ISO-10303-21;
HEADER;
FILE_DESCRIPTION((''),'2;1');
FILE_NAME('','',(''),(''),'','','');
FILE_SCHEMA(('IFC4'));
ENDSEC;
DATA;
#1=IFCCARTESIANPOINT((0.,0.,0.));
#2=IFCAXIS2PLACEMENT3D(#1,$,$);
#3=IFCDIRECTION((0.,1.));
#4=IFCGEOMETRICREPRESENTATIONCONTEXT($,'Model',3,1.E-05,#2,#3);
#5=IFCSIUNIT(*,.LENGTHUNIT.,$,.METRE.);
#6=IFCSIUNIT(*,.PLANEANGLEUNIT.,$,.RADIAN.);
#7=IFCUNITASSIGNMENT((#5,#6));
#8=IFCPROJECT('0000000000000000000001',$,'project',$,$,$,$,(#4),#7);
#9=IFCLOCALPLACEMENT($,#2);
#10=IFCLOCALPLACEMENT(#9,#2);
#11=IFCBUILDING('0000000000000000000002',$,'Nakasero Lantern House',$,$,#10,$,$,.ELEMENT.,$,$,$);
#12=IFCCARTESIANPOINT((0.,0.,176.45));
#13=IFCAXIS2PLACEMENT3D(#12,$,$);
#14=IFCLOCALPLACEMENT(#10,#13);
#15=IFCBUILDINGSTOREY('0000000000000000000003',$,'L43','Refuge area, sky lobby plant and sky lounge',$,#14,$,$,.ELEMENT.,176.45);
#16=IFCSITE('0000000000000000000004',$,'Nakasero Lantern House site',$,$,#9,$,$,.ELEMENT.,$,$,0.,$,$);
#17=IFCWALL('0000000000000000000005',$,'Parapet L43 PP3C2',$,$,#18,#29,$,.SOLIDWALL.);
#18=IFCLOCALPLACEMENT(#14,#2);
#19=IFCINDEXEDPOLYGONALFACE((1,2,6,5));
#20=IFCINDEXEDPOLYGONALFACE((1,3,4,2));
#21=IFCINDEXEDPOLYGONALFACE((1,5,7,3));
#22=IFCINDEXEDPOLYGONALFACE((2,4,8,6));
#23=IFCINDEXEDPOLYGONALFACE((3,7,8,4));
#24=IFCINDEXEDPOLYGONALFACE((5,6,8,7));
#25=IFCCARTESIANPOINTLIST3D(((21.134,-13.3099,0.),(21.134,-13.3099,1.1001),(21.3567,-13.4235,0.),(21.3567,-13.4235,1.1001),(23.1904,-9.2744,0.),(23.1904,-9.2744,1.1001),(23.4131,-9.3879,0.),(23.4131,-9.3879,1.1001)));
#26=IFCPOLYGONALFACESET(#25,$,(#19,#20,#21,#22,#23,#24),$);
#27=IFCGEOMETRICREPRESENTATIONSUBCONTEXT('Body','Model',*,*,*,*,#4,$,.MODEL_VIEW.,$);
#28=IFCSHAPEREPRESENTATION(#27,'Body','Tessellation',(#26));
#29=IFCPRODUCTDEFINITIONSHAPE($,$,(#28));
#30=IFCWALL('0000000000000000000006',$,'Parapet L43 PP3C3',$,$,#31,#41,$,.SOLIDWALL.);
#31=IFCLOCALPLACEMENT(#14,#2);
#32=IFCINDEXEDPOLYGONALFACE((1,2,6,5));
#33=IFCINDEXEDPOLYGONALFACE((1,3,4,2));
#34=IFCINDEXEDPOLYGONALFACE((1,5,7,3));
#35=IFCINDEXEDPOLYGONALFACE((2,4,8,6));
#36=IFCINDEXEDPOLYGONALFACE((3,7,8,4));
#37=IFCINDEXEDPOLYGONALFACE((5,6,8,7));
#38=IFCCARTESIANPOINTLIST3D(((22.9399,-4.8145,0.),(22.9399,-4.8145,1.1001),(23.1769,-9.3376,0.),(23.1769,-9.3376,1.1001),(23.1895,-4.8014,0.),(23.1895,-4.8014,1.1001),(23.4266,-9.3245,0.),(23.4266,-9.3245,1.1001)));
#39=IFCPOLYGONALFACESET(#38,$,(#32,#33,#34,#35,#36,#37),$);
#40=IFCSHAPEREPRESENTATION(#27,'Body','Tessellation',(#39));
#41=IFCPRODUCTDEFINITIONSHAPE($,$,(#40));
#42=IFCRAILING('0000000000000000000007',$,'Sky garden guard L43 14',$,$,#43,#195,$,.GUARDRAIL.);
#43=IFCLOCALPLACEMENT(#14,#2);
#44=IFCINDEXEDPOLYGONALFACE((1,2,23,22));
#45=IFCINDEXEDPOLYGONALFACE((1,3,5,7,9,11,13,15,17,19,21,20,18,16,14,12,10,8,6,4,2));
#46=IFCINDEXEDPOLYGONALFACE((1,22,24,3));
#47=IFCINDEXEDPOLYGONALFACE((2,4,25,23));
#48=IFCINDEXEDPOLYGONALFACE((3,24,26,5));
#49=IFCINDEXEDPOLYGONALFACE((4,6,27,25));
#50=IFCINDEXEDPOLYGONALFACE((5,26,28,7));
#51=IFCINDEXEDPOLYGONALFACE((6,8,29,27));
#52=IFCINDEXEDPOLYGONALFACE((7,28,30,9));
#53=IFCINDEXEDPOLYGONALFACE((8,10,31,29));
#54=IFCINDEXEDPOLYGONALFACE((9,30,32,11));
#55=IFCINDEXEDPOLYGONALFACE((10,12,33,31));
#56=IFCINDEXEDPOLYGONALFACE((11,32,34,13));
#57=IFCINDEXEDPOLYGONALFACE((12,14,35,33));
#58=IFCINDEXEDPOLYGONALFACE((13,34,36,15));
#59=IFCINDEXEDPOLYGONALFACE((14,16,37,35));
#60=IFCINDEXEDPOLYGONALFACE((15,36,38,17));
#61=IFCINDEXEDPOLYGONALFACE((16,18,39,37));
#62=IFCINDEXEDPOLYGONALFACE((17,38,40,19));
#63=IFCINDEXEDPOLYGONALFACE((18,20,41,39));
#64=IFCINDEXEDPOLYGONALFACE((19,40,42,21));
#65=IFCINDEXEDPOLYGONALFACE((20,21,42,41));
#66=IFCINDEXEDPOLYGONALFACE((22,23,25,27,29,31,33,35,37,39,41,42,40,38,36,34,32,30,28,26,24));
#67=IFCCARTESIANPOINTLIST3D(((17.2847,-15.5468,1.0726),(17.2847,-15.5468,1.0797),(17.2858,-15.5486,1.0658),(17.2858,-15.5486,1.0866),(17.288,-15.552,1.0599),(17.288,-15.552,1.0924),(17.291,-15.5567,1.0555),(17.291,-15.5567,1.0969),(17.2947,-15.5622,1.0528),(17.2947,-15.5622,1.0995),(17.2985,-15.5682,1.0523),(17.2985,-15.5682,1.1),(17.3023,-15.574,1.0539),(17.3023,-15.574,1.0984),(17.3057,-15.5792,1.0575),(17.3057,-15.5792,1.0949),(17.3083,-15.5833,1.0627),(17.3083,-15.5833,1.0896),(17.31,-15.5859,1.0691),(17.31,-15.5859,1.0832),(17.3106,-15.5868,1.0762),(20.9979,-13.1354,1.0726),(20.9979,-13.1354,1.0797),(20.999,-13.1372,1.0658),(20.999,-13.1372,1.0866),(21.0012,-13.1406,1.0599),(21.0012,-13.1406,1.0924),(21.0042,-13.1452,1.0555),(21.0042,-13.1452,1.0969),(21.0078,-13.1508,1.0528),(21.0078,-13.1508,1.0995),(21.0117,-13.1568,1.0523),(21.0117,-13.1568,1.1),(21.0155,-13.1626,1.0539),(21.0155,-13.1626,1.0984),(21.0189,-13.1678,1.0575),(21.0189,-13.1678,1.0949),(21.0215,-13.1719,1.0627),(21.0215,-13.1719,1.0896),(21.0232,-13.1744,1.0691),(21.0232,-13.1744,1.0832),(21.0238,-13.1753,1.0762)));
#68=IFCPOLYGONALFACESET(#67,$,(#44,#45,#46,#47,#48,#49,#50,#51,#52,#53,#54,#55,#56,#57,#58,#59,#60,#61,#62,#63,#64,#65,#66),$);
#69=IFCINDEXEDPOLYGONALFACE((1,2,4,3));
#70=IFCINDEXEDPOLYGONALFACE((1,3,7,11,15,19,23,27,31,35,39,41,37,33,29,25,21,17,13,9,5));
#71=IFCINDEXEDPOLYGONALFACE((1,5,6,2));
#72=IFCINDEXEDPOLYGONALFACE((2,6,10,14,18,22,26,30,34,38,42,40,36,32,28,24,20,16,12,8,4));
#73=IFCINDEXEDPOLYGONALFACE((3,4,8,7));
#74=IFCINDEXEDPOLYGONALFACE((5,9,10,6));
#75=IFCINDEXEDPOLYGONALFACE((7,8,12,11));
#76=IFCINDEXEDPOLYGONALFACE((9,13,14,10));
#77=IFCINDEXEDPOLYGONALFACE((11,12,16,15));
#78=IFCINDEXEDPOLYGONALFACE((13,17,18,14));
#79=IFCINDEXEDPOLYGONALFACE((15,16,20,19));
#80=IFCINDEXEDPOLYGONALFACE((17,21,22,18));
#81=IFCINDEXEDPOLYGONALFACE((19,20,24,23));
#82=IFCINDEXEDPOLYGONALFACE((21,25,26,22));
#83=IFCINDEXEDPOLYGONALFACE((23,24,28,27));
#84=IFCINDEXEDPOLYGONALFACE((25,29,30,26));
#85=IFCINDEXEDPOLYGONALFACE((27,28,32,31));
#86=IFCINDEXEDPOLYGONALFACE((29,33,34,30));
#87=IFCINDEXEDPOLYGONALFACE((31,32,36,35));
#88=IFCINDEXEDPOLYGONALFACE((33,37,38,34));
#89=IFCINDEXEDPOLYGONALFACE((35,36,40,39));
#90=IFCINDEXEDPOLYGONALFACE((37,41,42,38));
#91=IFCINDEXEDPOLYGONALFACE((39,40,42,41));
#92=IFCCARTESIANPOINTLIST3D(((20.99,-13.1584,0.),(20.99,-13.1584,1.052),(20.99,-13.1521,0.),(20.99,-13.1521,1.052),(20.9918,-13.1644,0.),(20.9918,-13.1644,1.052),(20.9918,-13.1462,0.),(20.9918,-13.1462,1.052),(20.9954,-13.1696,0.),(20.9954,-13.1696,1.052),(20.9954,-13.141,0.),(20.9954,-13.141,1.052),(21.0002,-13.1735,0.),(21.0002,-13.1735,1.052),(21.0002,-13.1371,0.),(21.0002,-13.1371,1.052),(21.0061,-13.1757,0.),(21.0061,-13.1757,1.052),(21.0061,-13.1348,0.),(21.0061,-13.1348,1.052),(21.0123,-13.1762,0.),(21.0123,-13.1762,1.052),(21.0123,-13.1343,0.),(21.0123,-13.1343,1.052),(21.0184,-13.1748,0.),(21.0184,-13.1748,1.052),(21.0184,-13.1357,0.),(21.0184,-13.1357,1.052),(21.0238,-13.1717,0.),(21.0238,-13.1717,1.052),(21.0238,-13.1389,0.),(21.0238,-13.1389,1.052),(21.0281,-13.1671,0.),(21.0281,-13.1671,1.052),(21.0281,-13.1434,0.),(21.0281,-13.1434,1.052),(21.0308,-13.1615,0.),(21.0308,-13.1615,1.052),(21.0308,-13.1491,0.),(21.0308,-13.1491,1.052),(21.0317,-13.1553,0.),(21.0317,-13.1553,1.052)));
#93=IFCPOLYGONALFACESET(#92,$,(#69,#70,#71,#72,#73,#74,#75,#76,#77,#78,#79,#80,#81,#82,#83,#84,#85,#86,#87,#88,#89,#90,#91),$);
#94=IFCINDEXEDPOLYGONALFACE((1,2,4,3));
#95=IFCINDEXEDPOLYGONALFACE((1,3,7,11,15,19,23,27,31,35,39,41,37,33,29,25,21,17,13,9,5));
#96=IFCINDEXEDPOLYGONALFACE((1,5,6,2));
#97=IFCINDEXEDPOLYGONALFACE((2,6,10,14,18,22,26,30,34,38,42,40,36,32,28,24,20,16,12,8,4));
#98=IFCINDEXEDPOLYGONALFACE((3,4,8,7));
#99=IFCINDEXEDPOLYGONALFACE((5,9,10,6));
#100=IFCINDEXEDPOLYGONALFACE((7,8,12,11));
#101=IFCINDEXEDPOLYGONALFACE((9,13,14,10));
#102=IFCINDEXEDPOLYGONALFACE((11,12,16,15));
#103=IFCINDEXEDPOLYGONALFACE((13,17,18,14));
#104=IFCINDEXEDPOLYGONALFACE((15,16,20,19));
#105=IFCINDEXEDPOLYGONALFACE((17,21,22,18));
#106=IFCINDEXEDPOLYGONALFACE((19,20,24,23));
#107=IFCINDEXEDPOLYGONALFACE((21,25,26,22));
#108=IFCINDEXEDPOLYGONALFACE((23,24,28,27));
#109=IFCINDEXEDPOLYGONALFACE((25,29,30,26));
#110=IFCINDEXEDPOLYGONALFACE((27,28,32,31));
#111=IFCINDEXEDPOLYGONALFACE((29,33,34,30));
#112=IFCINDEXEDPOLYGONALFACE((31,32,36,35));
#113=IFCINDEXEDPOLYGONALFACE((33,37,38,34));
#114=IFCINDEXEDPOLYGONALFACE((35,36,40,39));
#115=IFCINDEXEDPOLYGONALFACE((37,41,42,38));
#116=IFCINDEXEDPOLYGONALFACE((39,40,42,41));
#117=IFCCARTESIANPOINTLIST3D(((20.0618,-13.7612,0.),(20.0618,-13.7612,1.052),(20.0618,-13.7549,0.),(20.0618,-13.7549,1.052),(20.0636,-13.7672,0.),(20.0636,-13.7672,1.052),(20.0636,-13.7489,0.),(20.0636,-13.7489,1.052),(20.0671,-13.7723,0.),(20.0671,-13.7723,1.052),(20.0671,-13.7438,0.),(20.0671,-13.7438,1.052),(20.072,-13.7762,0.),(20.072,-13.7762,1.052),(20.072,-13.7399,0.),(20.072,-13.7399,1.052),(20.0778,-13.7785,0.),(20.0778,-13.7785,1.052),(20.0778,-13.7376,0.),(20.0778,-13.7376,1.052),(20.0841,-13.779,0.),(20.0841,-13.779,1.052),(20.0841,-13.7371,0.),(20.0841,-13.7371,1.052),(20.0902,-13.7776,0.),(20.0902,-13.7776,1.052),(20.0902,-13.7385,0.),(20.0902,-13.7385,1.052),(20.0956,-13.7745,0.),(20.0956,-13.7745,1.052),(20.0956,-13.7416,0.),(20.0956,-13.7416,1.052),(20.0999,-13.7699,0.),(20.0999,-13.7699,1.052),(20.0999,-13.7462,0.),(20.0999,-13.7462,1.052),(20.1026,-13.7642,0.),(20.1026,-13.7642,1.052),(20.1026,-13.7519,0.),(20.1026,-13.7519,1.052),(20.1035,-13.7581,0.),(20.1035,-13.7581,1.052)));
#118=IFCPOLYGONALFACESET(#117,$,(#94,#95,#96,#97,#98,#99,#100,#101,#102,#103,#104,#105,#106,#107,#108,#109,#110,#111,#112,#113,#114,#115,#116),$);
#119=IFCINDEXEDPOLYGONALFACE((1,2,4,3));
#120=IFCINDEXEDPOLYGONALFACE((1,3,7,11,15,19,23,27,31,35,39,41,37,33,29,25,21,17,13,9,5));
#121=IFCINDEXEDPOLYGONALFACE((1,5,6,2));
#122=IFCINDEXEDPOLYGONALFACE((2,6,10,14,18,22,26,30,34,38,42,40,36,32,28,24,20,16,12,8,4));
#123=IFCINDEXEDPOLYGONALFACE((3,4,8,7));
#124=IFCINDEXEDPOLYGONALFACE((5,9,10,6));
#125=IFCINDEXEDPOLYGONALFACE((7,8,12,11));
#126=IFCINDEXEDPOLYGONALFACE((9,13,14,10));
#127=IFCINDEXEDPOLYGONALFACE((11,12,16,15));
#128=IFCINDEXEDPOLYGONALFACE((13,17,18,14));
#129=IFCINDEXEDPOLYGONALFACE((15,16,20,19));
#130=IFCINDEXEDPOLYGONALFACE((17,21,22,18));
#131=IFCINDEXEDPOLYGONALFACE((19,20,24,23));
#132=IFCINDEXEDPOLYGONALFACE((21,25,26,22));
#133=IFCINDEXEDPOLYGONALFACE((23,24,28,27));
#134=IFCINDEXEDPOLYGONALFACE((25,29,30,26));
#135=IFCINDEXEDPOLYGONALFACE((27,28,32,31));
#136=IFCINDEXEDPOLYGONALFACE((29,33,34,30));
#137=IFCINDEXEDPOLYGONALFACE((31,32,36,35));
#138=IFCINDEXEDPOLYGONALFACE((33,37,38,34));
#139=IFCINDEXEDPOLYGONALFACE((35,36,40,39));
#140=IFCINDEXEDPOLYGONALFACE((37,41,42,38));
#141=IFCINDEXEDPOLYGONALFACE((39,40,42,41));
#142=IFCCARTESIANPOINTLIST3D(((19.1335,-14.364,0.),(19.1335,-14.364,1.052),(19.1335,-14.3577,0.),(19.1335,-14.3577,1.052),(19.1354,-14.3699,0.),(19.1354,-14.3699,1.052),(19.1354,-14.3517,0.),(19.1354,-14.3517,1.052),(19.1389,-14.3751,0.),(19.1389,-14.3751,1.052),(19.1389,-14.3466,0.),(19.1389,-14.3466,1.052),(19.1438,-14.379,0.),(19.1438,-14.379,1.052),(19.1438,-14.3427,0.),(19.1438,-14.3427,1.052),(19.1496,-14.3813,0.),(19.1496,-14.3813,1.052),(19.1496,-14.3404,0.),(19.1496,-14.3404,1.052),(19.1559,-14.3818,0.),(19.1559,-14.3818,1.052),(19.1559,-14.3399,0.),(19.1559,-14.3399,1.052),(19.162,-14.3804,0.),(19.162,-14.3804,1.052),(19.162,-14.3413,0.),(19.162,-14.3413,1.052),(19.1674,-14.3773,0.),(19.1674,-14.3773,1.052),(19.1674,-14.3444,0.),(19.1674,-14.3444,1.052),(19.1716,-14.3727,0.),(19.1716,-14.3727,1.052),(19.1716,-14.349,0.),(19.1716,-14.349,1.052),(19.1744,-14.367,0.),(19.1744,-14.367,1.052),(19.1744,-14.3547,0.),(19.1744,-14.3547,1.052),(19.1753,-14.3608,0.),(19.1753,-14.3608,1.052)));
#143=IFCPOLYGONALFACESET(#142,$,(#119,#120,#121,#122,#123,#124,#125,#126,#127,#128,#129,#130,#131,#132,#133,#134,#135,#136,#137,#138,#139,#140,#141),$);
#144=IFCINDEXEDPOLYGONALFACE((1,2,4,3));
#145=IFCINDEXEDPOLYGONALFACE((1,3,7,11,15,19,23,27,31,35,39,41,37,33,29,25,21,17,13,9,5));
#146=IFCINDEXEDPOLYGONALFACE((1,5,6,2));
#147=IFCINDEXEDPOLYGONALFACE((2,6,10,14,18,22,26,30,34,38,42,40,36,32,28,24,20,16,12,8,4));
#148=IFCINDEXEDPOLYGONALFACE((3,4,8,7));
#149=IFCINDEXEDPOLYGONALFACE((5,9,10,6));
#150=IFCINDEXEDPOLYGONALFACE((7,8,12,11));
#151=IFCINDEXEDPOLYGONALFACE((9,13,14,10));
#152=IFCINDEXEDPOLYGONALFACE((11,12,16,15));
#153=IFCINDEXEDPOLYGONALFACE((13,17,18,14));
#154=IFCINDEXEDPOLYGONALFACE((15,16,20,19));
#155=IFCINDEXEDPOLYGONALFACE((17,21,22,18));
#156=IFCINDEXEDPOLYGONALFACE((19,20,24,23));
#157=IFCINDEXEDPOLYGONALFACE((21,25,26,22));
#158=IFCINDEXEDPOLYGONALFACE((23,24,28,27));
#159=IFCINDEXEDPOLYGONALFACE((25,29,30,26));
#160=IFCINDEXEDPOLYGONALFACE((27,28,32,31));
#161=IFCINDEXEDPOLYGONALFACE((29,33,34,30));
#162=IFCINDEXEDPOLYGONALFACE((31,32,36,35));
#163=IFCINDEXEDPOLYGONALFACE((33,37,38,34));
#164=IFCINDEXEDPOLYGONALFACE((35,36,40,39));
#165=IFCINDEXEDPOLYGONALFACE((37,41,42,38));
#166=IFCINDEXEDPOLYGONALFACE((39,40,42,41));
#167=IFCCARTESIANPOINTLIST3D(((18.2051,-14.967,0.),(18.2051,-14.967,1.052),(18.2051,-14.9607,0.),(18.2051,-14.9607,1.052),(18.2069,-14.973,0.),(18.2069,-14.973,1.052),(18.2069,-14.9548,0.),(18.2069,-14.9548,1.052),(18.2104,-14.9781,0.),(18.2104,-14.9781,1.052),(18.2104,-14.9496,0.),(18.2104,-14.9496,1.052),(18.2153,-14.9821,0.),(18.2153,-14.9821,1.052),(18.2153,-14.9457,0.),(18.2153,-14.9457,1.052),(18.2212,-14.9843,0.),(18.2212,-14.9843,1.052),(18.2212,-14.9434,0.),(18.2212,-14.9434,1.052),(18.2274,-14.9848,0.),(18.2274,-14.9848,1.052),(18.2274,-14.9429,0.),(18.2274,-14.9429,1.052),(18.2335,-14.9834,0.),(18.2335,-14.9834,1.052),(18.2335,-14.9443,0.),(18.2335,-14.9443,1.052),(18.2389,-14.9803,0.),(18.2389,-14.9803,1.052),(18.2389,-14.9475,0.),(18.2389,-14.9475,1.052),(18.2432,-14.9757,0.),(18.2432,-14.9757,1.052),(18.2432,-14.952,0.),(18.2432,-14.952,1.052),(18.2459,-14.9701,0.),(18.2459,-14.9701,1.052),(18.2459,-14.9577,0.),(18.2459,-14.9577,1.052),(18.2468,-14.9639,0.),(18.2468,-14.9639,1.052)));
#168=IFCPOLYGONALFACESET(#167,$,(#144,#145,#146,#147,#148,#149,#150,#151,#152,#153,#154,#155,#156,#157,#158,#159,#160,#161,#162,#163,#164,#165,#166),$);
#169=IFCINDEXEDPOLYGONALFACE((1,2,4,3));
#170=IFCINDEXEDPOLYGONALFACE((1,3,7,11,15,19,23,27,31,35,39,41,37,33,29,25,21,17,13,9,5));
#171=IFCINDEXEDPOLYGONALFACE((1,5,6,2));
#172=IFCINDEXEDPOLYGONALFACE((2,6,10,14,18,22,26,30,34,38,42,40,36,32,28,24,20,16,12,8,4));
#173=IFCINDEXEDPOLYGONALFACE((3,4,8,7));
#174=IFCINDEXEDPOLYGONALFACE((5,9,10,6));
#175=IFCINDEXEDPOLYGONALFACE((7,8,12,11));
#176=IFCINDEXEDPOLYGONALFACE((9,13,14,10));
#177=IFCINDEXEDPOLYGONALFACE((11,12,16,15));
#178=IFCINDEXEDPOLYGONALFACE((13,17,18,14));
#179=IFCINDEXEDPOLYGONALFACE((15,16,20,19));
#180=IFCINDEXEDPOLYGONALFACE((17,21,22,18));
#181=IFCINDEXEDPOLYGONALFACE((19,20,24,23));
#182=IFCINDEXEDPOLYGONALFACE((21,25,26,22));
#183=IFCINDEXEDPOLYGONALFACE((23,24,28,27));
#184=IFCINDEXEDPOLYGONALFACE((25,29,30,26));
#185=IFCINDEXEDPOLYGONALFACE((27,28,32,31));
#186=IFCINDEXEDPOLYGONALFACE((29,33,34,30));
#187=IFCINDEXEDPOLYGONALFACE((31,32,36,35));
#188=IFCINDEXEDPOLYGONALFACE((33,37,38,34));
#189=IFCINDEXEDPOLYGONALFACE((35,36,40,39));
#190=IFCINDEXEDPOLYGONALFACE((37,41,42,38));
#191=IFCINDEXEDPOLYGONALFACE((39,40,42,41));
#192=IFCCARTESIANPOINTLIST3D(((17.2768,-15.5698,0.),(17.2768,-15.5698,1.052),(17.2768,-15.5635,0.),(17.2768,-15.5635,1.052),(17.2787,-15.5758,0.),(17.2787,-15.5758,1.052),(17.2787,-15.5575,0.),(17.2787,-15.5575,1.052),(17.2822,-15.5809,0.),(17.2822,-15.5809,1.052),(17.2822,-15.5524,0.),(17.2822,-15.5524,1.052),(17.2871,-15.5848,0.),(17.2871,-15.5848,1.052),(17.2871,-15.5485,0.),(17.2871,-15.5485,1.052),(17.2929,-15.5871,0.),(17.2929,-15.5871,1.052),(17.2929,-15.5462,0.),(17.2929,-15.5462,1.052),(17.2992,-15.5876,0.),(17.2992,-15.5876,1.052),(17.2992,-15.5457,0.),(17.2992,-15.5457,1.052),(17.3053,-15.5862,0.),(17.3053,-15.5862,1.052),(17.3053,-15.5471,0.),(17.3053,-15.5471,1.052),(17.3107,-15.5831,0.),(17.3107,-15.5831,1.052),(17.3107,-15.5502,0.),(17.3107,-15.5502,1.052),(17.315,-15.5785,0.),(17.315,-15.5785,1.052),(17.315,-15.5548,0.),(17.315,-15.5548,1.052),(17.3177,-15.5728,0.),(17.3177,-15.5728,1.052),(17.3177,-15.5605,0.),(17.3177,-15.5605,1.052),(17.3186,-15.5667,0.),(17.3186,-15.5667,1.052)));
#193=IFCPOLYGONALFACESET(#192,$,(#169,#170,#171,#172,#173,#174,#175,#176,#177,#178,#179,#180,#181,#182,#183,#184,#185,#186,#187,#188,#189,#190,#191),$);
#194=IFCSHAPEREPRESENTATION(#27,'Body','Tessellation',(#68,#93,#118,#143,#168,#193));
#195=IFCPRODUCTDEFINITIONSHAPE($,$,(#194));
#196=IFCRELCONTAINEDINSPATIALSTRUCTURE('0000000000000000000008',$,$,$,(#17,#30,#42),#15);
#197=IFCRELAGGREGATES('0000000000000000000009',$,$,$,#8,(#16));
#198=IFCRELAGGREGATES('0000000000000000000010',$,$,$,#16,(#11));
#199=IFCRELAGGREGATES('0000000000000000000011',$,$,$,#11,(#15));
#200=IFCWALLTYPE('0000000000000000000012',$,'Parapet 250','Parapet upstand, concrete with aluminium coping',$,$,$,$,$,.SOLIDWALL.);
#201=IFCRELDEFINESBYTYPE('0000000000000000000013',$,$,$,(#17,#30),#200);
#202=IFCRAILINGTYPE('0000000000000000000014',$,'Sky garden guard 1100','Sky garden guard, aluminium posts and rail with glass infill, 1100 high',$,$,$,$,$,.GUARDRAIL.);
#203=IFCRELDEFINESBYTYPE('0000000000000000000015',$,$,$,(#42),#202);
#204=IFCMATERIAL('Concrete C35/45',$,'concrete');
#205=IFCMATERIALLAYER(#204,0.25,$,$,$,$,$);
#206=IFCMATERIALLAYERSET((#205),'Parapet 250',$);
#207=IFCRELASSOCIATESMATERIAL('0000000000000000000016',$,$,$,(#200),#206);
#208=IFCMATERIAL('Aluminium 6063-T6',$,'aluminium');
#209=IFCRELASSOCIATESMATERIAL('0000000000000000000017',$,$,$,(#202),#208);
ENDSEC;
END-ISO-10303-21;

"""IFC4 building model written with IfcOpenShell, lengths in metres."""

from ifc_helpers import new_model, si_unit, direction, frame, frame_2d, origin, origin_2d, place, context, subcontext, project, spatial, rectangle, circle, extrude, material, layer, layer_set, type_object, element, save


model = new_model("IFC4")

# Units and contexts
model_context = context("Model", 3, precision=1e-05, world=origin(), true_north=direction((0.0, 1.0)))
body_context = subcontext(model_context, "Body", "Model", "MODEL_VIEW")
ifc_project = project(units=[si_unit("LENGTHUNIT", "METRE"), si_unit("PLANEANGLEUNIT", "RADIAN")], contexts=[model_context])

# Site, building, storey
site_placement = place(None, origin())
site = spatial("IfcSite", under=ifc_project, at=site_placement, Name="Nakasero Lantern House site", CompositionType="ELEMENT", RefElevation=0.0)
building_placement = place(site_placement, origin())
building = spatial("IfcBuilding", under=site, at=building_placement, Name="Nakasero Lantern House", CompositionType="ELEMENT")
storey_placement = place(building_placement, frame((0.0, 0.0, 176.45)))
storey = spatial("IfcBuildingStorey", under=building, at=storey_placement, Name="L43", Description="Refuge area, sky lobby plant and sky lounge", CompositionType="ELEMENT", Elevation=176.45)

# Walls
ifc_material_1 = material(Name="Concrete C35/45", Category="concrete")
ifc_layer_1 = layer(ifc_material_1, 0.25)
ifc_layer_set_1 = layer_set([ifc_layer_1], Name="Parapet 250")
wall_type = type_object("IfcWallType", Name="Parapet 250", Description="Parapet upstand, concrete with aluminium coping", PredefinedType="SOLIDWALL", material=ifc_layer_set_1)
for number, where, z_axis, x_axis, name in (
    (1, (21.2454, -13.3667, 0.0), (0.0, 0.0, 1.0), (0.454014, 0.890995, 0.0), "Parapet L43 PP3C2"),
    (2, (23.3018, -9.3311, 0.0), (0.0, 0.0, 1.0), (-0.052338, 0.998629, 0.0), "Parapet L43 PP3C3"),
):
    element("IfcWall", number, at=place(storey_placement, frame(where, z_axis=z_axis, x_axis=x_axis)), inside=storey, type_object=wall_type, Name=name, PredefinedType="SOLIDWALL", context=body_context, shape_type="SweptSolid", body=[
        extrude(rectangle(XDim=4.5293, YDim=0.25, at=frame_2d((2.2646, 0.0))), origin(), (0.0, 0.0, 1.0), 1.1001),
    ])

# Railing
ifc_material_2 = material(Name="Aluminium 6063-T6", Category="aluminium")
railing_type = type_object("IfcRailingType", Name="Sky garden guard 1100", Description="Sky garden guard, aluminium posts and rail with glass infill, 1100 high", PredefinedType="GUARDRAIL", material=ifc_material_2)
railing_1_placement = place(storey_placement, frame((21.0107, -13.1553, 0.0)))
element("IfcRailing", 3, at=railing_1_placement, inside=storey, type_object=railing_type, Name="Sky garden guard L43 14", PredefinedType="GUARDRAIL", context=body_context, shape_type="SweptSolid", body=[
    extrude(circle(Radius=0.0239, at=origin_2d()), frame((0.0, 0.0, 1.0762), z_axis=(-0.838667, -0.544645, 0.0), x_axis=(0.544645, -0.838667, 0.0)), (0.0, 0.0, 1.0), 4.4275),
    extrude(circle(Radius=0.021, at=origin_2d()), origin(), (0.0, 0.0, 1.0), 1.052),
    extrude(circle(Radius=0.021, at=origin_2d()), frame((-0.9282, -0.6028, 0.0)), (0.0, 0.0, 1.0), 1.052),
    extrude(circle(Radius=0.021, at=origin_2d()), frame((-1.8564, -1.2056, 0.0)), (0.0, 0.0, 1.0), 1.052),
    extrude(circle(Radius=0.021, at=origin_2d()), frame((-2.7849, -1.8086, 0.0)), (0.0, 0.0, 1.0), 1.052),
    extrude(circle(Radius=0.021, at=origin_2d()), frame((-3.7131, -2.4114, 0.0)), (0.0, 0.0, 1.0), 1.052),
])

save(model, "model.ifc")
